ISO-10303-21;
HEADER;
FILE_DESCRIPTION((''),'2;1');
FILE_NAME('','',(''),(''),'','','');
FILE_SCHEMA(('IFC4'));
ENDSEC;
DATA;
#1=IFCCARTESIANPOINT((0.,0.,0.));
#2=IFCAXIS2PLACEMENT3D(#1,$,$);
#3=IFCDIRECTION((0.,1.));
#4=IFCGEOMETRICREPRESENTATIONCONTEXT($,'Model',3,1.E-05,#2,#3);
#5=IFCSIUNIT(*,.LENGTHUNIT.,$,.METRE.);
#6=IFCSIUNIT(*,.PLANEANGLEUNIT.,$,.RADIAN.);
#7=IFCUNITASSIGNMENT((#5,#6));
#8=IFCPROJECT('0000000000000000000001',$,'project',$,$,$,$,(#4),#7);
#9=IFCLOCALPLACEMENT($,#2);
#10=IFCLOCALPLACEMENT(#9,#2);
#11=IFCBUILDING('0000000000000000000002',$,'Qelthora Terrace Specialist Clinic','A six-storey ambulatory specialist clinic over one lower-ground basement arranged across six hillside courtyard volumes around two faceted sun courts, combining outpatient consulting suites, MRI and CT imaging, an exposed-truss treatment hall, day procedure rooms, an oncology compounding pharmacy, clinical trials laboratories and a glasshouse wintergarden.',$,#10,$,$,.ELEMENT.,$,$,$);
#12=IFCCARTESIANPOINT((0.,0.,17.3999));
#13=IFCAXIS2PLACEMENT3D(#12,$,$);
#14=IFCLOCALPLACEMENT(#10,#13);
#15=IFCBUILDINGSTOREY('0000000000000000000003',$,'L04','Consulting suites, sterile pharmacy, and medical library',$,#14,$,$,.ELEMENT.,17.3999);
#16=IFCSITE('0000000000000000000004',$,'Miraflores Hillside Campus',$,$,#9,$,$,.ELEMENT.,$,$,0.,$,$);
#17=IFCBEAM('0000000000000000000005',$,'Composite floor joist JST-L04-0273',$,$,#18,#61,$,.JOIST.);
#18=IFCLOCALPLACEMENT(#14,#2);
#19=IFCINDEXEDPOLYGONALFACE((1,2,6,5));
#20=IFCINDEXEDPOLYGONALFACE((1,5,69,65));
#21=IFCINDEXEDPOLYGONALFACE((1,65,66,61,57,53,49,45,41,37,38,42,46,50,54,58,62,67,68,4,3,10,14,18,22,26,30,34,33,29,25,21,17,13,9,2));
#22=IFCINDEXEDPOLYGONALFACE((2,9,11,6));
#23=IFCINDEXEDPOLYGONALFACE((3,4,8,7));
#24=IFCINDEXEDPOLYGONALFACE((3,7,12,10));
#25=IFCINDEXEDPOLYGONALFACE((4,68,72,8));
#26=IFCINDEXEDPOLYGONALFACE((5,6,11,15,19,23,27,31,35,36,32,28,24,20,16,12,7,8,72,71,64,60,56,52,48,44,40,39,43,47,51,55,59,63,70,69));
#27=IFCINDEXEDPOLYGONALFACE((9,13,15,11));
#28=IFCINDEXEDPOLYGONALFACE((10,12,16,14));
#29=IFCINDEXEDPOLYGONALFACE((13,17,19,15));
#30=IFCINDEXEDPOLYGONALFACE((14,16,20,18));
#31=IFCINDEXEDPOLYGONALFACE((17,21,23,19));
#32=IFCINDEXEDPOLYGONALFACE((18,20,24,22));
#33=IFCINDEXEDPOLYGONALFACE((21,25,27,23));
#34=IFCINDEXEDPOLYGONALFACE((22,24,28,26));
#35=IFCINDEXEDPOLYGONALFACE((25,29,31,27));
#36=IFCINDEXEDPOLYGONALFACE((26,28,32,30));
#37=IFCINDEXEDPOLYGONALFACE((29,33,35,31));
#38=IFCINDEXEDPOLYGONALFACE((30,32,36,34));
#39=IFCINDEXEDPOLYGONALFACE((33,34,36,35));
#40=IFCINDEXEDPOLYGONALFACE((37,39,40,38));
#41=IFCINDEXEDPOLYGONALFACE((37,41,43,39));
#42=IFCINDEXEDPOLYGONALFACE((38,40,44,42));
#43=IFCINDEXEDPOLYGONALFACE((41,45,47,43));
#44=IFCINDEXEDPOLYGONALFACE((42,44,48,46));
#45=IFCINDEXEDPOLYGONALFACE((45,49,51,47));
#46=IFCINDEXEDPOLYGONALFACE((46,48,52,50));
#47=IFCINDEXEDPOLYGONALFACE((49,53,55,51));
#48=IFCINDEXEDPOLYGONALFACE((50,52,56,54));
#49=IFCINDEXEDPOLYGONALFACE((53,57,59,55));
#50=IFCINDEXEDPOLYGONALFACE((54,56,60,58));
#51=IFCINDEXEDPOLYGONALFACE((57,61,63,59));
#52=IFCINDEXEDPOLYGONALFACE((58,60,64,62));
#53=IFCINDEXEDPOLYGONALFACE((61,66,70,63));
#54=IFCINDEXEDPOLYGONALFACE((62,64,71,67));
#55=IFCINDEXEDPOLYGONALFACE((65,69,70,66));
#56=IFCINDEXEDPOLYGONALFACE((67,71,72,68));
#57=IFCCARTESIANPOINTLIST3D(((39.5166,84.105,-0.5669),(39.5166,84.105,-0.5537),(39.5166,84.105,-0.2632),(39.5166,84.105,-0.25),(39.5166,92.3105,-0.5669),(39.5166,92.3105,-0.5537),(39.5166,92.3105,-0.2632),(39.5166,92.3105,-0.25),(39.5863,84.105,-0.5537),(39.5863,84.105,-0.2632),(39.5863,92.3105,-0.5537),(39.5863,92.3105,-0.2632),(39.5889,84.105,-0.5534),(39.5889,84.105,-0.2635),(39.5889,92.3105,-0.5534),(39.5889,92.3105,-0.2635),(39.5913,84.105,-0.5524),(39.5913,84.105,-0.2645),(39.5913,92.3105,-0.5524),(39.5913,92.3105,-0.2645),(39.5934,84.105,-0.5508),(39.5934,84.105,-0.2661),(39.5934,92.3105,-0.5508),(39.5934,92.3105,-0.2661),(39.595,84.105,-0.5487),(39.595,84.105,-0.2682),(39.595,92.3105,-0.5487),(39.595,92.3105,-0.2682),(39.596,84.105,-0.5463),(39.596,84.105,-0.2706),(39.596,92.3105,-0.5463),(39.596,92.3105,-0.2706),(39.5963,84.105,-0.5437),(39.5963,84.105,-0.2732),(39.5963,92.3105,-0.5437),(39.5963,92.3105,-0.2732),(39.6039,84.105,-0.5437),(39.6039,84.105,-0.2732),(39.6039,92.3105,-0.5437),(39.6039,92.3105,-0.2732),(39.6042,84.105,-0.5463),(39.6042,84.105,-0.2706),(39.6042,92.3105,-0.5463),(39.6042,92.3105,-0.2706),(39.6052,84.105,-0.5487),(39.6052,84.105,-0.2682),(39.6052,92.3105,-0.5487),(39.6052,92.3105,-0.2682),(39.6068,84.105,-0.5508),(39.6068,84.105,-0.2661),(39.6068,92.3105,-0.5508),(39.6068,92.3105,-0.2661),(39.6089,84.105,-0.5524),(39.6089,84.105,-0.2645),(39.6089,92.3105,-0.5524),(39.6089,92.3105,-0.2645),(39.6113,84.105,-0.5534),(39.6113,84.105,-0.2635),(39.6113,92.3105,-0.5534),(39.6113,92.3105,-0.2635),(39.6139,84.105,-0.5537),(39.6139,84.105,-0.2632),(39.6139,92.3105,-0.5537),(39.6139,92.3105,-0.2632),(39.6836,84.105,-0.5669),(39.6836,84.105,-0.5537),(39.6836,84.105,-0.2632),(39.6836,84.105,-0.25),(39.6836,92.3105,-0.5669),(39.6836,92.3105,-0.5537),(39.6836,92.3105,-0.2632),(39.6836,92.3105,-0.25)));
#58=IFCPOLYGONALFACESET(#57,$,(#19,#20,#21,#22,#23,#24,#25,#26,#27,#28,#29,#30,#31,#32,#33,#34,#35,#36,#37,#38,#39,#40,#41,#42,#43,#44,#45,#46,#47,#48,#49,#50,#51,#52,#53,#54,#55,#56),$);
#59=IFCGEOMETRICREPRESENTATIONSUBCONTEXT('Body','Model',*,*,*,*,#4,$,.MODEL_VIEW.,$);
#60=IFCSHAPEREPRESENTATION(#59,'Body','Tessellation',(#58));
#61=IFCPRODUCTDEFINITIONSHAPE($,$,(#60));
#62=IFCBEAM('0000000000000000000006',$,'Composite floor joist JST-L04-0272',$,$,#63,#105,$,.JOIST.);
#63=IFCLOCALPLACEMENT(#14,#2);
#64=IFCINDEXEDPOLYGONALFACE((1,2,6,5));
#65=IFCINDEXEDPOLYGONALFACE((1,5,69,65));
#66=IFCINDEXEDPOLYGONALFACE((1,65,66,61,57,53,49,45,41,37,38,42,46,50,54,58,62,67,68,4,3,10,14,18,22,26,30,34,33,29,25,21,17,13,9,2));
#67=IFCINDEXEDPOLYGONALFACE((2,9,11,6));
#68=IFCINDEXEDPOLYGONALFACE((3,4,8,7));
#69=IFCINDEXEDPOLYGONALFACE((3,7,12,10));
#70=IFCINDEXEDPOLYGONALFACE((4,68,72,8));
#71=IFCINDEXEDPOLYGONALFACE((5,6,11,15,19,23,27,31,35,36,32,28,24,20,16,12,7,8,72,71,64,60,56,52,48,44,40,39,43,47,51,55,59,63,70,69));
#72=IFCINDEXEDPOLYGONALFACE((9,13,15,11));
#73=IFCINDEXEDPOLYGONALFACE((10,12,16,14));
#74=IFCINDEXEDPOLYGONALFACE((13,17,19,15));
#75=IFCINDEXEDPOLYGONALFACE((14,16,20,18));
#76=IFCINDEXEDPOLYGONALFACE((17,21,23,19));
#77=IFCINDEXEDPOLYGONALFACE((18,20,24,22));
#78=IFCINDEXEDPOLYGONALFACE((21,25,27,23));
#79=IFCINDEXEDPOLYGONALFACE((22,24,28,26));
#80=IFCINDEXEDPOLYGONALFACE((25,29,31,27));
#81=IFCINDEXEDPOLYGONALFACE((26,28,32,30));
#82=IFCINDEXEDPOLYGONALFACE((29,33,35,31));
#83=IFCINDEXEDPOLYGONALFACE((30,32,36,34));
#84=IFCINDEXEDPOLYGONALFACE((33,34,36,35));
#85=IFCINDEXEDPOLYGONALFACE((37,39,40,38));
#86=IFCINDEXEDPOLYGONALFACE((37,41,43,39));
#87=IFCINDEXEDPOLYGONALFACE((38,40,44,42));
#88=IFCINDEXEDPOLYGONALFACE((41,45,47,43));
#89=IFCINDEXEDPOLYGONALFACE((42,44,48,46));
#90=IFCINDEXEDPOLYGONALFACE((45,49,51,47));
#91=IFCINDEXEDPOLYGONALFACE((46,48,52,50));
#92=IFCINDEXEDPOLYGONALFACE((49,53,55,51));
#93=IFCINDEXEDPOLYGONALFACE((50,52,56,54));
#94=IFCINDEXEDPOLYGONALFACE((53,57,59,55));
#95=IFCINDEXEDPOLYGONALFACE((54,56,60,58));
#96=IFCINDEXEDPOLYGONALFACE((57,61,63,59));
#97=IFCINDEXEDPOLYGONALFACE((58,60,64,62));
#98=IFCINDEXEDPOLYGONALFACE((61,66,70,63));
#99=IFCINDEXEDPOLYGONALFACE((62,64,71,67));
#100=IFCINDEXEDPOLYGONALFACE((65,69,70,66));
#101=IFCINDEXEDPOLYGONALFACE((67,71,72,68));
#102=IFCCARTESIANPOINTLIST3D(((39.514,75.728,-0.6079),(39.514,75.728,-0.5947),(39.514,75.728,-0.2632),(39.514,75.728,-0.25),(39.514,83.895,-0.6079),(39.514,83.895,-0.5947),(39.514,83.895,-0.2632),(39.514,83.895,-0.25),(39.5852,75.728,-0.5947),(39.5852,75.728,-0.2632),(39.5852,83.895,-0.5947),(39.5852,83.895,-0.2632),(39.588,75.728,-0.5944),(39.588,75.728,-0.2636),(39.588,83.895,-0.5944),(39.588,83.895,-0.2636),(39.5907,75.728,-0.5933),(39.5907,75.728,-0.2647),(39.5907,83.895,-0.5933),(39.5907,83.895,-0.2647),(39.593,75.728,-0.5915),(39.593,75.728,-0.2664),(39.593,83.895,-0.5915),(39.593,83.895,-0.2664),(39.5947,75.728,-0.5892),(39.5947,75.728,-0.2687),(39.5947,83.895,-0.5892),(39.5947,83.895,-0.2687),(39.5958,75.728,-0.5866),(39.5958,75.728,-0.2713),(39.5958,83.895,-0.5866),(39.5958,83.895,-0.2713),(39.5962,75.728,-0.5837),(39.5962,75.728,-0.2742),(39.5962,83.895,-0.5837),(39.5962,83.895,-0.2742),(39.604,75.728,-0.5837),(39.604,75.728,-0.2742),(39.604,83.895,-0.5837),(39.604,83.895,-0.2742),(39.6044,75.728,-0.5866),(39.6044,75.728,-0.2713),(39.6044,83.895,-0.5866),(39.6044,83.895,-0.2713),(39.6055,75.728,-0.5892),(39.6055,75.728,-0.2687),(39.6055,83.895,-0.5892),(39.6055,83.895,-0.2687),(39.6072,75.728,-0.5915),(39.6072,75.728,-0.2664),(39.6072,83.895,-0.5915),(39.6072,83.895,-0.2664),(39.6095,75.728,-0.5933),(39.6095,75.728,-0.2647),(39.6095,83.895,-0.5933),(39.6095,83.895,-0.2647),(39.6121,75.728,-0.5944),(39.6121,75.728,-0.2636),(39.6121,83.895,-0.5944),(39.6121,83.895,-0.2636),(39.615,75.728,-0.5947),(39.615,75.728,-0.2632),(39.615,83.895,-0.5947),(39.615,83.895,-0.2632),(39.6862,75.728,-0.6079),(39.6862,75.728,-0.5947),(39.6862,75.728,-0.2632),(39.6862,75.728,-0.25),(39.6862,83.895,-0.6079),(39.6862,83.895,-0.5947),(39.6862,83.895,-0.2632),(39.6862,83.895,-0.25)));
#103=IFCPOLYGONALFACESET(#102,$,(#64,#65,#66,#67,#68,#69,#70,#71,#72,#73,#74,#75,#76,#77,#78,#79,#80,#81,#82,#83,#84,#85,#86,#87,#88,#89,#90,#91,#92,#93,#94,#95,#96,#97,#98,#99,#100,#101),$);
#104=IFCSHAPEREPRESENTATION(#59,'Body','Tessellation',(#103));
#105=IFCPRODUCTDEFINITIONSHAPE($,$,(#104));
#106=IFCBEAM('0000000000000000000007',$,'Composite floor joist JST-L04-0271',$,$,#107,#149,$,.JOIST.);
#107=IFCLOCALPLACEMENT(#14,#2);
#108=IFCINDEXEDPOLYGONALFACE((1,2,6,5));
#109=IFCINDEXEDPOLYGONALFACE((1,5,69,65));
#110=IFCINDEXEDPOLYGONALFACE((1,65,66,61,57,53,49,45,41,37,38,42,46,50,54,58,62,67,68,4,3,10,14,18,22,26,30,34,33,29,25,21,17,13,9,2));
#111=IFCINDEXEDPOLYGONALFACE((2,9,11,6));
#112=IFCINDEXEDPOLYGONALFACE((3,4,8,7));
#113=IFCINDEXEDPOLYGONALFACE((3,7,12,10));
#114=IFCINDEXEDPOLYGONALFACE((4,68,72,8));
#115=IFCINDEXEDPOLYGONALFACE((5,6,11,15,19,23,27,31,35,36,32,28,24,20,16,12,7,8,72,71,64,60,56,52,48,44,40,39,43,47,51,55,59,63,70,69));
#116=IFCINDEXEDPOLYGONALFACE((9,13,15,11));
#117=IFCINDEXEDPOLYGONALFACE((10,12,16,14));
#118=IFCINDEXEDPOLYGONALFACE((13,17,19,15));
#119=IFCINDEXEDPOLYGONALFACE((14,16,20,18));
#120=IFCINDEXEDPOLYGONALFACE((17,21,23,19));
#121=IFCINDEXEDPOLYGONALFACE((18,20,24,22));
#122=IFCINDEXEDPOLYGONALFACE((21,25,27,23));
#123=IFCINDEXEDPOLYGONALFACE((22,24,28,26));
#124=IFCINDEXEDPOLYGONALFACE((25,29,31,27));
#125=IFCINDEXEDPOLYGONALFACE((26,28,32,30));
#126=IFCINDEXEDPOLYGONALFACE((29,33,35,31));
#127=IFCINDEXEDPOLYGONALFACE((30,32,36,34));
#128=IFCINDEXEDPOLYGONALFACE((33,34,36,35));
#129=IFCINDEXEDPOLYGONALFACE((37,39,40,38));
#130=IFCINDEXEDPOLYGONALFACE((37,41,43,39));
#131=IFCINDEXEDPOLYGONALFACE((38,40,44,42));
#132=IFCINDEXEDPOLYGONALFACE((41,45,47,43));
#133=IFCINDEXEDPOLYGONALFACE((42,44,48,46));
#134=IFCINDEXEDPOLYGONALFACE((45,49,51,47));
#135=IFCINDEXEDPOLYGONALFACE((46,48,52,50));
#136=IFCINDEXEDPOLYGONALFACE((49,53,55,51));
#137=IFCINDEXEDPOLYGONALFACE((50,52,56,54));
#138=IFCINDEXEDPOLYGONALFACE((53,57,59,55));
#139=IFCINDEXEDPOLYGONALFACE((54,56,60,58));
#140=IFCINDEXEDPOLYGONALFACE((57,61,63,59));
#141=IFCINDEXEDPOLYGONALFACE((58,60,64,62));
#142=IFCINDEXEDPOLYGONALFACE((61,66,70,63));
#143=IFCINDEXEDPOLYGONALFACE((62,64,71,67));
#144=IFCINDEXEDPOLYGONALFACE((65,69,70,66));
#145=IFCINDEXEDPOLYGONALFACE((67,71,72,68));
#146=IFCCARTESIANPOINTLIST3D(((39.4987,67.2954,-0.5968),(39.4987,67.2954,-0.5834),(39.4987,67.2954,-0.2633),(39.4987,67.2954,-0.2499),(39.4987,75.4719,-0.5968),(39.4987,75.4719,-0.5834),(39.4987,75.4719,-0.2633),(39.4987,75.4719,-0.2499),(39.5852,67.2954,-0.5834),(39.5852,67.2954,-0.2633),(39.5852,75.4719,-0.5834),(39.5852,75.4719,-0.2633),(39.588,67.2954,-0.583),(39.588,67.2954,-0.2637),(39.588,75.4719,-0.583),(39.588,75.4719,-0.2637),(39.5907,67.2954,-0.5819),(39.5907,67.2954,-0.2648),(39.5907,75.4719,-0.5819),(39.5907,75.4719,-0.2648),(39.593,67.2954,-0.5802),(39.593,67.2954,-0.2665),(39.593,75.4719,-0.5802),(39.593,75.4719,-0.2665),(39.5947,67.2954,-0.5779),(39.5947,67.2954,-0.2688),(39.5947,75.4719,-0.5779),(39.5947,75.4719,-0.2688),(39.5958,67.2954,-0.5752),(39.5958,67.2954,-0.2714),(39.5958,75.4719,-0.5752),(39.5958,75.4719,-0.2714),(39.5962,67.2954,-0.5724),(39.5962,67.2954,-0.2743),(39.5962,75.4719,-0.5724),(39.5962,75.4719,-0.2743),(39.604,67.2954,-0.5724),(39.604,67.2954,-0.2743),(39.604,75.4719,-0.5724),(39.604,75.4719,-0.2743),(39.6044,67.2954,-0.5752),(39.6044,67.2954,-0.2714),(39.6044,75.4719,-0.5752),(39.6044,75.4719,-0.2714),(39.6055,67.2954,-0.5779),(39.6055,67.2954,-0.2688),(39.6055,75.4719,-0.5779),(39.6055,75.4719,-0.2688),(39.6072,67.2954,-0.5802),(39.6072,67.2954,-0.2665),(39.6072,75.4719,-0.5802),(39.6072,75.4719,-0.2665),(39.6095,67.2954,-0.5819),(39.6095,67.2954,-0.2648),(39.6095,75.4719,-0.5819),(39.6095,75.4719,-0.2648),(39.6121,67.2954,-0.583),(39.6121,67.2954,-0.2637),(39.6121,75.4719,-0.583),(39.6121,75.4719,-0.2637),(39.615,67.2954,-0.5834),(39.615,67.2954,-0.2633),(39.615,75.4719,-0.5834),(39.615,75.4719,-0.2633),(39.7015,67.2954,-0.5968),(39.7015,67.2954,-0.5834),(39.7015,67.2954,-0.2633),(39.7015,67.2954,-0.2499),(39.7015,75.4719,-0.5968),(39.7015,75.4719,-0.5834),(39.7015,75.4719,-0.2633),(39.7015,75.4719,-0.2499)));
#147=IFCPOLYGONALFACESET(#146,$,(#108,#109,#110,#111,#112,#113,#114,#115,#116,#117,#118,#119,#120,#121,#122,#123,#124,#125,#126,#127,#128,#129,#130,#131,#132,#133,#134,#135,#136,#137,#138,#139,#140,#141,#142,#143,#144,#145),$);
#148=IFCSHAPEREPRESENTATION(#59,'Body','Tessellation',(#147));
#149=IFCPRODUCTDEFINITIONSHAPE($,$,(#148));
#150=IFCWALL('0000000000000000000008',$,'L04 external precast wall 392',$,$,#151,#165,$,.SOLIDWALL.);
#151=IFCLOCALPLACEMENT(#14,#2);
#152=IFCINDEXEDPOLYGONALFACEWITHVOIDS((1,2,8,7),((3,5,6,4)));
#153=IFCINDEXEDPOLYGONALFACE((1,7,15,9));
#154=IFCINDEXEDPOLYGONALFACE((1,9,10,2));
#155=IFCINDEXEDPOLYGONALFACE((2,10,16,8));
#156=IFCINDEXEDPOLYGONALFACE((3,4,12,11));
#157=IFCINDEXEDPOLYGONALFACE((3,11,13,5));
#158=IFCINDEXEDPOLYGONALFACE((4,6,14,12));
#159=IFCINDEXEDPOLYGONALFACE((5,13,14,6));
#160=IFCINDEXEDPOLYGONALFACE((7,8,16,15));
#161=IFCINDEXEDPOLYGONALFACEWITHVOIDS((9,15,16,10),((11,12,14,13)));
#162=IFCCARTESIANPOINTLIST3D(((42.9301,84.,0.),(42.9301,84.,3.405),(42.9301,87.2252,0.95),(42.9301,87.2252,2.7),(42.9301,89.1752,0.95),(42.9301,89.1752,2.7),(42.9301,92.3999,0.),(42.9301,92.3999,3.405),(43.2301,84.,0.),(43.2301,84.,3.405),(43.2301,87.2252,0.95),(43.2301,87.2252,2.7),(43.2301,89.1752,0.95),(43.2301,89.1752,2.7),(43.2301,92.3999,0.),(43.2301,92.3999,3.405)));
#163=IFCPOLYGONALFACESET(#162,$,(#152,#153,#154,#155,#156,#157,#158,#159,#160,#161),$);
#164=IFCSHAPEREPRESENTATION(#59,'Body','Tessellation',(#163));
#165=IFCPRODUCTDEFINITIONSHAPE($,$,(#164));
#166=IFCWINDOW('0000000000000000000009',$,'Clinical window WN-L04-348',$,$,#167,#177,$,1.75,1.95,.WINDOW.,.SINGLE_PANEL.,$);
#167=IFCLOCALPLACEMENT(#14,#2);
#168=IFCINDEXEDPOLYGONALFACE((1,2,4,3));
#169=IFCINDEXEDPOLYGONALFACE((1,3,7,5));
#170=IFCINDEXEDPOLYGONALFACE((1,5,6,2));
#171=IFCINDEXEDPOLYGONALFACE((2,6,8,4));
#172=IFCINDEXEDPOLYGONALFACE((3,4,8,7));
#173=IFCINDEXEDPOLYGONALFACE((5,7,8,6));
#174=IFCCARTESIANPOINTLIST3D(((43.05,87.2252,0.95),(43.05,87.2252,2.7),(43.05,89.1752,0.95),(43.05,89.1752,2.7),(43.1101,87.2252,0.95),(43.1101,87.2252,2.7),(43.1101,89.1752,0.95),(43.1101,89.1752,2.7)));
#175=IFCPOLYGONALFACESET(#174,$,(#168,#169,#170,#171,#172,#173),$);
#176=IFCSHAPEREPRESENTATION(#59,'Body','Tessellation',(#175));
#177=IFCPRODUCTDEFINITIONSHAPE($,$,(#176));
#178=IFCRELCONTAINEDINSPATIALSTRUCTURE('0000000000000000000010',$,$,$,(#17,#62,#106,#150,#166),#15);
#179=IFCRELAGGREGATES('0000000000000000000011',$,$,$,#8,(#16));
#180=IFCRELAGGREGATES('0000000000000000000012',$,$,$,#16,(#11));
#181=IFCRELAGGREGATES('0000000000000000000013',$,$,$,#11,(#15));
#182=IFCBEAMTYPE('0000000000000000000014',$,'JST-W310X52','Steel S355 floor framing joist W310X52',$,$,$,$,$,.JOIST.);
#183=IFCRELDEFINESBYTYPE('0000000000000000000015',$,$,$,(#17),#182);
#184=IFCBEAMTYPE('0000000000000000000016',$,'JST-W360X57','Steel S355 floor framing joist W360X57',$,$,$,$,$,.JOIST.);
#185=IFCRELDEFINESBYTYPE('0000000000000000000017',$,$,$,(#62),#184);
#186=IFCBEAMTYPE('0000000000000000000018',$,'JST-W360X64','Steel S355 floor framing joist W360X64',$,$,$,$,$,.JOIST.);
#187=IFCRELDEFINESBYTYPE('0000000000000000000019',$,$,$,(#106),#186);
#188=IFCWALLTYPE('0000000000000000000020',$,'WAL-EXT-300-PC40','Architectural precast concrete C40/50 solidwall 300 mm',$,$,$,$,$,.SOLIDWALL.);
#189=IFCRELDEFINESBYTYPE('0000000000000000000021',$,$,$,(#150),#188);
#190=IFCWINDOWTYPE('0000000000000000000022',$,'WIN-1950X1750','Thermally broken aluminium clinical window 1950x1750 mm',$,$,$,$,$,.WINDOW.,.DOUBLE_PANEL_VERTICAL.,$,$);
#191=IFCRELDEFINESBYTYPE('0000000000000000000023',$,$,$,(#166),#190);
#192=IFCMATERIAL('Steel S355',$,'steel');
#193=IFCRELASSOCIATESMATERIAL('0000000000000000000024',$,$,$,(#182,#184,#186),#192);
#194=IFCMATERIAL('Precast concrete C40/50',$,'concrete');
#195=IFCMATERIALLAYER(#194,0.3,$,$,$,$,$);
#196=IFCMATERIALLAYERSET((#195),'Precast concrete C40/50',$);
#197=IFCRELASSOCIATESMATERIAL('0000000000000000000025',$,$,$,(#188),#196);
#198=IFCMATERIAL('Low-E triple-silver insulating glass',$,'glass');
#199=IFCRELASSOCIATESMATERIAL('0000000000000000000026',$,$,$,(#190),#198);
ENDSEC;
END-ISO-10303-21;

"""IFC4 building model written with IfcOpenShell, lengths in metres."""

from ifc_helpers import new_model, si_unit, direction, frame, frame_2d, origin, origin_2d, place, context, subcontext, project, spatial, rectangle, i_section, extrude, material, layer, layer_set, material_profile, profile_set, type_object, element, fill, save


model = new_model("IFC4")

# Units and contexts
model_context = context("Model", 3, precision=1e-05, world=origin(), true_north=direction((0.0, 1.0)))
body_context = subcontext(model_context, "Body", "Model", "MODEL_VIEW")
ifc_project = project(units=[si_unit("LENGTHUNIT", "METRE"), si_unit("PLANEANGLEUNIT", "RADIAN")], contexts=[model_context])

# Site, building, storey
site_placement = place(None, origin())
site = spatial("IfcSite", under=ifc_project, at=site_placement, Name="Miraflores Hillside Campus", CompositionType="ELEMENT", RefElevation=0.0)
building_placement = place(site_placement, origin())
building = spatial("IfcBuilding", under=site, at=building_placement, Name="Qelthora Terrace Specialist Clinic", Description="A six-storey ambulatory specialist clinic over one lower-ground basement arranged across six hillside courtyard volumes around two faceted sun courts, combining outpatient consulting suites, MRI and CT imaging, an exposed-truss treatment hall, day procedure rooms, an oncology compounding pharmacy, clinical trials laboratories and a glasshouse wintergarden.", CompositionType="ELEMENT")
storey_placement = place(building_placement, frame((0.0, 0.0, 17.3999)))
storey = spatial("IfcBuildingStorey", under=building, at=storey_placement, Name="L04", Description="Consulting suites, sterile pharmacy, and medical library", CompositionType="ELEMENT", Elevation=17.3999)

# Shared definitions
ifc_material_1 = material(Name="Steel S355", Category="steel")

# Beams
ifc_material_profile_1 = material_profile(ifc_material_1, i_section(OverallWidth=0.167, OverallDepth=0.3169, WebThickness=0.0076, FlangeThickness=0.0132, FilletRadius=0.01, at=origin_2d()), Name="W310X52")
ifc_profile_set_1 = profile_set([ifc_material_profile_1], Name="Steel S355")
beam_type_1 = type_object("IfcBeamType", Name="JST-W310X52", Description="Steel S355 floor framing joist W310X52", PredefinedType="JOIST", material=ifc_profile_set_1)
beam_1_placement = place(storey_placement, frame((39.6001, 84.105, -0.4084), z_axis=(0.0, 1.0, 0.0), x_axis=(-1.0, 0.0, 0.0)))
element("IfcBeam", 1, at=beam_1_placement, inside=storey, type_object=beam_type_1, Name="Composite floor joist JST-L04-0273", PredefinedType="JOIST", context=body_context, shape_type="SweptSolid", body=[
    extrude(i_section(OverallWidth=0.167, OverallDepth=0.3169, WebThickness=0.0076, FlangeThickness=0.0132, FilletRadius=0.01, at=origin_2d()), origin(), (0.0, 0.0, 1.0), 8.2056),
])
ifc_material_profile_2 = material_profile(ifc_material_1, i_section(OverallWidth=0.1721, OverallDepth=0.3579, WebThickness=0.0078, FlangeThickness=0.0132, FilletRadius=0.011, at=origin_2d()), Name="W360X57")
ifc_profile_set_2 = profile_set([ifc_material_profile_2], Name="Steel S355")
beam_type_2 = type_object("IfcBeamType", Name="JST-W360X57", Description="Steel S355 floor framing joist W360X57", PredefinedType="JOIST", material=ifc_profile_set_2)
beam_2_placement = place(storey_placement, frame((39.6001, 75.728, -0.429), z_axis=(0.0, 1.0, 0.0), x_axis=(-1.0, 0.0, 0.0)))
element("IfcBeam", 2, at=beam_2_placement, inside=storey, type_object=beam_type_2, Name="Composite floor joist JST-L04-0272", PredefinedType="JOIST", context=body_context, shape_type="SweptSolid", body=[
    extrude(i_section(OverallWidth=0.1721, OverallDepth=0.3579, WebThickness=0.0078, FlangeThickness=0.0132, FilletRadius=0.011, at=origin_2d()), origin(), (0.0, 0.0, 1.0), 8.167),
])
ifc_material_profile_3 = material_profile(ifc_material_1, i_section(OverallWidth=0.2029, OverallDepth=0.3469, WebThickness=0.0078, FlangeThickness=0.0134, FilletRadius=0.011, at=origin_2d()), Name="W360X64")
ifc_profile_set_3 = profile_set([ifc_material_profile_3], Name="Steel S355")
beam_type_3 = type_object("IfcBeamType", Name="JST-W360X64", Description="Steel S355 floor framing joist W360X64", PredefinedType="JOIST", material=ifc_profile_set_3)
beam_3_placement = place(storey_placement, frame((39.6001, 67.2954, -0.4233), z_axis=(0.0, 1.0, 0.0), x_axis=(-1.0, 0.0, 0.0)))
element("IfcBeam", 3, at=beam_3_placement, inside=storey, type_object=beam_type_3, Name="Composite floor joist JST-L04-0271", PredefinedType="JOIST", context=body_context, shape_type="SweptSolid", body=[
    extrude(i_section(OverallWidth=0.2029, OverallDepth=0.3469, WebThickness=0.0078, FlangeThickness=0.0134, FilletRadius=0.011, at=origin_2d()), origin(), (0.0, 0.0, 1.0), 8.1765),
])

# Wall, opening, window
ifc_material_2 = material(Name="Precast concrete C40/50", Category="concrete")
ifc_layer_1 = layer(ifc_material_2, 0.3)
ifc_layer_set_1 = layer_set([ifc_layer_1], Name="Precast concrete C40/50")
wall_type_1 = type_object("IfcWallType", Name="WAL-EXT-300-PC40", Description="Architectural precast concrete C40/50 solidwall 300 mm", PredefinedType="SOLIDWALL", material=ifc_layer_set_1)
wall_1_placement = place(storey_placement, frame((43.0801, 84.0, 0.0), z_axis=(0.0, 0.0, 1.0), x_axis=(0.0, 1.0, 0.0)))
wall_1 = element("IfcWall", 4, at=wall_1_placement, inside=storey, type_object=wall_type_1, Name="L04 external precast wall 392", PredefinedType="SOLIDWALL", context=body_context, shape_type="SweptSolid", body=[
    extrude(rectangle(XDim=8.3999, YDim=0.3, at=frame_2d((4.2, 0.0))), origin(), (0.0, 0.0, 1.0), 3.405),
])
opening_1_placement = place(wall_1_placement, frame((3.2251, 0.0, 0.95)))
opening_1 = element("IfcOpeningElement", 5, at=opening_1_placement, cuts=wall_1, PredefinedType="OPENING", context=body_context, shape_type="SweptSolid", body=[
    extrude(rectangle(XDim=1.95, YDim=1.75, at=frame_2d((0.9751, 0.875))), frame((0.0, 0.1599, 0.0), z_axis=(0.0, -1.0, 0.0), x_axis=(1.0, 0.0, 0.0)), (0.0, 0.0, 1.0), 0.3201),
])
ifc_material_3 = material(Name="Low-E triple-silver insulating glass", Category="glass")
window_type_1 = type_object("IfcWindowType", Name="WIN-1950X1750", Description="Thermally broken aluminium clinical window 1950x1750 mm", PartitioningType="DOUBLE_PANEL_VERTICAL", PredefinedType="WINDOW", material=ifc_material_3)
window_1_placement = place(opening_1_placement, origin())
window_1 = element("IfcWindow", 6, at=window_1_placement, inside=storey, type_object=window_type_1, Name="Clinical window WN-L04-348", OverallHeight=1.75, OverallWidth=1.95, PartitioningType="SINGLE_PANEL", PredefinedType="WINDOW", context=body_context, shape_type="SweptSolid", body=[
    extrude(rectangle(XDim=1.95, YDim=1.75, at=frame_2d((0.9751, 0.875))), frame((0.0, 0.03, 0.0), z_axis=(0.0, -1.0, 0.0), x_axis=(1.0, 0.0, 0.0)), (0.0, 0.0, 1.0), 0.0601),
])
fill(opening_1, window_1)

save(model, "model.ifc")
